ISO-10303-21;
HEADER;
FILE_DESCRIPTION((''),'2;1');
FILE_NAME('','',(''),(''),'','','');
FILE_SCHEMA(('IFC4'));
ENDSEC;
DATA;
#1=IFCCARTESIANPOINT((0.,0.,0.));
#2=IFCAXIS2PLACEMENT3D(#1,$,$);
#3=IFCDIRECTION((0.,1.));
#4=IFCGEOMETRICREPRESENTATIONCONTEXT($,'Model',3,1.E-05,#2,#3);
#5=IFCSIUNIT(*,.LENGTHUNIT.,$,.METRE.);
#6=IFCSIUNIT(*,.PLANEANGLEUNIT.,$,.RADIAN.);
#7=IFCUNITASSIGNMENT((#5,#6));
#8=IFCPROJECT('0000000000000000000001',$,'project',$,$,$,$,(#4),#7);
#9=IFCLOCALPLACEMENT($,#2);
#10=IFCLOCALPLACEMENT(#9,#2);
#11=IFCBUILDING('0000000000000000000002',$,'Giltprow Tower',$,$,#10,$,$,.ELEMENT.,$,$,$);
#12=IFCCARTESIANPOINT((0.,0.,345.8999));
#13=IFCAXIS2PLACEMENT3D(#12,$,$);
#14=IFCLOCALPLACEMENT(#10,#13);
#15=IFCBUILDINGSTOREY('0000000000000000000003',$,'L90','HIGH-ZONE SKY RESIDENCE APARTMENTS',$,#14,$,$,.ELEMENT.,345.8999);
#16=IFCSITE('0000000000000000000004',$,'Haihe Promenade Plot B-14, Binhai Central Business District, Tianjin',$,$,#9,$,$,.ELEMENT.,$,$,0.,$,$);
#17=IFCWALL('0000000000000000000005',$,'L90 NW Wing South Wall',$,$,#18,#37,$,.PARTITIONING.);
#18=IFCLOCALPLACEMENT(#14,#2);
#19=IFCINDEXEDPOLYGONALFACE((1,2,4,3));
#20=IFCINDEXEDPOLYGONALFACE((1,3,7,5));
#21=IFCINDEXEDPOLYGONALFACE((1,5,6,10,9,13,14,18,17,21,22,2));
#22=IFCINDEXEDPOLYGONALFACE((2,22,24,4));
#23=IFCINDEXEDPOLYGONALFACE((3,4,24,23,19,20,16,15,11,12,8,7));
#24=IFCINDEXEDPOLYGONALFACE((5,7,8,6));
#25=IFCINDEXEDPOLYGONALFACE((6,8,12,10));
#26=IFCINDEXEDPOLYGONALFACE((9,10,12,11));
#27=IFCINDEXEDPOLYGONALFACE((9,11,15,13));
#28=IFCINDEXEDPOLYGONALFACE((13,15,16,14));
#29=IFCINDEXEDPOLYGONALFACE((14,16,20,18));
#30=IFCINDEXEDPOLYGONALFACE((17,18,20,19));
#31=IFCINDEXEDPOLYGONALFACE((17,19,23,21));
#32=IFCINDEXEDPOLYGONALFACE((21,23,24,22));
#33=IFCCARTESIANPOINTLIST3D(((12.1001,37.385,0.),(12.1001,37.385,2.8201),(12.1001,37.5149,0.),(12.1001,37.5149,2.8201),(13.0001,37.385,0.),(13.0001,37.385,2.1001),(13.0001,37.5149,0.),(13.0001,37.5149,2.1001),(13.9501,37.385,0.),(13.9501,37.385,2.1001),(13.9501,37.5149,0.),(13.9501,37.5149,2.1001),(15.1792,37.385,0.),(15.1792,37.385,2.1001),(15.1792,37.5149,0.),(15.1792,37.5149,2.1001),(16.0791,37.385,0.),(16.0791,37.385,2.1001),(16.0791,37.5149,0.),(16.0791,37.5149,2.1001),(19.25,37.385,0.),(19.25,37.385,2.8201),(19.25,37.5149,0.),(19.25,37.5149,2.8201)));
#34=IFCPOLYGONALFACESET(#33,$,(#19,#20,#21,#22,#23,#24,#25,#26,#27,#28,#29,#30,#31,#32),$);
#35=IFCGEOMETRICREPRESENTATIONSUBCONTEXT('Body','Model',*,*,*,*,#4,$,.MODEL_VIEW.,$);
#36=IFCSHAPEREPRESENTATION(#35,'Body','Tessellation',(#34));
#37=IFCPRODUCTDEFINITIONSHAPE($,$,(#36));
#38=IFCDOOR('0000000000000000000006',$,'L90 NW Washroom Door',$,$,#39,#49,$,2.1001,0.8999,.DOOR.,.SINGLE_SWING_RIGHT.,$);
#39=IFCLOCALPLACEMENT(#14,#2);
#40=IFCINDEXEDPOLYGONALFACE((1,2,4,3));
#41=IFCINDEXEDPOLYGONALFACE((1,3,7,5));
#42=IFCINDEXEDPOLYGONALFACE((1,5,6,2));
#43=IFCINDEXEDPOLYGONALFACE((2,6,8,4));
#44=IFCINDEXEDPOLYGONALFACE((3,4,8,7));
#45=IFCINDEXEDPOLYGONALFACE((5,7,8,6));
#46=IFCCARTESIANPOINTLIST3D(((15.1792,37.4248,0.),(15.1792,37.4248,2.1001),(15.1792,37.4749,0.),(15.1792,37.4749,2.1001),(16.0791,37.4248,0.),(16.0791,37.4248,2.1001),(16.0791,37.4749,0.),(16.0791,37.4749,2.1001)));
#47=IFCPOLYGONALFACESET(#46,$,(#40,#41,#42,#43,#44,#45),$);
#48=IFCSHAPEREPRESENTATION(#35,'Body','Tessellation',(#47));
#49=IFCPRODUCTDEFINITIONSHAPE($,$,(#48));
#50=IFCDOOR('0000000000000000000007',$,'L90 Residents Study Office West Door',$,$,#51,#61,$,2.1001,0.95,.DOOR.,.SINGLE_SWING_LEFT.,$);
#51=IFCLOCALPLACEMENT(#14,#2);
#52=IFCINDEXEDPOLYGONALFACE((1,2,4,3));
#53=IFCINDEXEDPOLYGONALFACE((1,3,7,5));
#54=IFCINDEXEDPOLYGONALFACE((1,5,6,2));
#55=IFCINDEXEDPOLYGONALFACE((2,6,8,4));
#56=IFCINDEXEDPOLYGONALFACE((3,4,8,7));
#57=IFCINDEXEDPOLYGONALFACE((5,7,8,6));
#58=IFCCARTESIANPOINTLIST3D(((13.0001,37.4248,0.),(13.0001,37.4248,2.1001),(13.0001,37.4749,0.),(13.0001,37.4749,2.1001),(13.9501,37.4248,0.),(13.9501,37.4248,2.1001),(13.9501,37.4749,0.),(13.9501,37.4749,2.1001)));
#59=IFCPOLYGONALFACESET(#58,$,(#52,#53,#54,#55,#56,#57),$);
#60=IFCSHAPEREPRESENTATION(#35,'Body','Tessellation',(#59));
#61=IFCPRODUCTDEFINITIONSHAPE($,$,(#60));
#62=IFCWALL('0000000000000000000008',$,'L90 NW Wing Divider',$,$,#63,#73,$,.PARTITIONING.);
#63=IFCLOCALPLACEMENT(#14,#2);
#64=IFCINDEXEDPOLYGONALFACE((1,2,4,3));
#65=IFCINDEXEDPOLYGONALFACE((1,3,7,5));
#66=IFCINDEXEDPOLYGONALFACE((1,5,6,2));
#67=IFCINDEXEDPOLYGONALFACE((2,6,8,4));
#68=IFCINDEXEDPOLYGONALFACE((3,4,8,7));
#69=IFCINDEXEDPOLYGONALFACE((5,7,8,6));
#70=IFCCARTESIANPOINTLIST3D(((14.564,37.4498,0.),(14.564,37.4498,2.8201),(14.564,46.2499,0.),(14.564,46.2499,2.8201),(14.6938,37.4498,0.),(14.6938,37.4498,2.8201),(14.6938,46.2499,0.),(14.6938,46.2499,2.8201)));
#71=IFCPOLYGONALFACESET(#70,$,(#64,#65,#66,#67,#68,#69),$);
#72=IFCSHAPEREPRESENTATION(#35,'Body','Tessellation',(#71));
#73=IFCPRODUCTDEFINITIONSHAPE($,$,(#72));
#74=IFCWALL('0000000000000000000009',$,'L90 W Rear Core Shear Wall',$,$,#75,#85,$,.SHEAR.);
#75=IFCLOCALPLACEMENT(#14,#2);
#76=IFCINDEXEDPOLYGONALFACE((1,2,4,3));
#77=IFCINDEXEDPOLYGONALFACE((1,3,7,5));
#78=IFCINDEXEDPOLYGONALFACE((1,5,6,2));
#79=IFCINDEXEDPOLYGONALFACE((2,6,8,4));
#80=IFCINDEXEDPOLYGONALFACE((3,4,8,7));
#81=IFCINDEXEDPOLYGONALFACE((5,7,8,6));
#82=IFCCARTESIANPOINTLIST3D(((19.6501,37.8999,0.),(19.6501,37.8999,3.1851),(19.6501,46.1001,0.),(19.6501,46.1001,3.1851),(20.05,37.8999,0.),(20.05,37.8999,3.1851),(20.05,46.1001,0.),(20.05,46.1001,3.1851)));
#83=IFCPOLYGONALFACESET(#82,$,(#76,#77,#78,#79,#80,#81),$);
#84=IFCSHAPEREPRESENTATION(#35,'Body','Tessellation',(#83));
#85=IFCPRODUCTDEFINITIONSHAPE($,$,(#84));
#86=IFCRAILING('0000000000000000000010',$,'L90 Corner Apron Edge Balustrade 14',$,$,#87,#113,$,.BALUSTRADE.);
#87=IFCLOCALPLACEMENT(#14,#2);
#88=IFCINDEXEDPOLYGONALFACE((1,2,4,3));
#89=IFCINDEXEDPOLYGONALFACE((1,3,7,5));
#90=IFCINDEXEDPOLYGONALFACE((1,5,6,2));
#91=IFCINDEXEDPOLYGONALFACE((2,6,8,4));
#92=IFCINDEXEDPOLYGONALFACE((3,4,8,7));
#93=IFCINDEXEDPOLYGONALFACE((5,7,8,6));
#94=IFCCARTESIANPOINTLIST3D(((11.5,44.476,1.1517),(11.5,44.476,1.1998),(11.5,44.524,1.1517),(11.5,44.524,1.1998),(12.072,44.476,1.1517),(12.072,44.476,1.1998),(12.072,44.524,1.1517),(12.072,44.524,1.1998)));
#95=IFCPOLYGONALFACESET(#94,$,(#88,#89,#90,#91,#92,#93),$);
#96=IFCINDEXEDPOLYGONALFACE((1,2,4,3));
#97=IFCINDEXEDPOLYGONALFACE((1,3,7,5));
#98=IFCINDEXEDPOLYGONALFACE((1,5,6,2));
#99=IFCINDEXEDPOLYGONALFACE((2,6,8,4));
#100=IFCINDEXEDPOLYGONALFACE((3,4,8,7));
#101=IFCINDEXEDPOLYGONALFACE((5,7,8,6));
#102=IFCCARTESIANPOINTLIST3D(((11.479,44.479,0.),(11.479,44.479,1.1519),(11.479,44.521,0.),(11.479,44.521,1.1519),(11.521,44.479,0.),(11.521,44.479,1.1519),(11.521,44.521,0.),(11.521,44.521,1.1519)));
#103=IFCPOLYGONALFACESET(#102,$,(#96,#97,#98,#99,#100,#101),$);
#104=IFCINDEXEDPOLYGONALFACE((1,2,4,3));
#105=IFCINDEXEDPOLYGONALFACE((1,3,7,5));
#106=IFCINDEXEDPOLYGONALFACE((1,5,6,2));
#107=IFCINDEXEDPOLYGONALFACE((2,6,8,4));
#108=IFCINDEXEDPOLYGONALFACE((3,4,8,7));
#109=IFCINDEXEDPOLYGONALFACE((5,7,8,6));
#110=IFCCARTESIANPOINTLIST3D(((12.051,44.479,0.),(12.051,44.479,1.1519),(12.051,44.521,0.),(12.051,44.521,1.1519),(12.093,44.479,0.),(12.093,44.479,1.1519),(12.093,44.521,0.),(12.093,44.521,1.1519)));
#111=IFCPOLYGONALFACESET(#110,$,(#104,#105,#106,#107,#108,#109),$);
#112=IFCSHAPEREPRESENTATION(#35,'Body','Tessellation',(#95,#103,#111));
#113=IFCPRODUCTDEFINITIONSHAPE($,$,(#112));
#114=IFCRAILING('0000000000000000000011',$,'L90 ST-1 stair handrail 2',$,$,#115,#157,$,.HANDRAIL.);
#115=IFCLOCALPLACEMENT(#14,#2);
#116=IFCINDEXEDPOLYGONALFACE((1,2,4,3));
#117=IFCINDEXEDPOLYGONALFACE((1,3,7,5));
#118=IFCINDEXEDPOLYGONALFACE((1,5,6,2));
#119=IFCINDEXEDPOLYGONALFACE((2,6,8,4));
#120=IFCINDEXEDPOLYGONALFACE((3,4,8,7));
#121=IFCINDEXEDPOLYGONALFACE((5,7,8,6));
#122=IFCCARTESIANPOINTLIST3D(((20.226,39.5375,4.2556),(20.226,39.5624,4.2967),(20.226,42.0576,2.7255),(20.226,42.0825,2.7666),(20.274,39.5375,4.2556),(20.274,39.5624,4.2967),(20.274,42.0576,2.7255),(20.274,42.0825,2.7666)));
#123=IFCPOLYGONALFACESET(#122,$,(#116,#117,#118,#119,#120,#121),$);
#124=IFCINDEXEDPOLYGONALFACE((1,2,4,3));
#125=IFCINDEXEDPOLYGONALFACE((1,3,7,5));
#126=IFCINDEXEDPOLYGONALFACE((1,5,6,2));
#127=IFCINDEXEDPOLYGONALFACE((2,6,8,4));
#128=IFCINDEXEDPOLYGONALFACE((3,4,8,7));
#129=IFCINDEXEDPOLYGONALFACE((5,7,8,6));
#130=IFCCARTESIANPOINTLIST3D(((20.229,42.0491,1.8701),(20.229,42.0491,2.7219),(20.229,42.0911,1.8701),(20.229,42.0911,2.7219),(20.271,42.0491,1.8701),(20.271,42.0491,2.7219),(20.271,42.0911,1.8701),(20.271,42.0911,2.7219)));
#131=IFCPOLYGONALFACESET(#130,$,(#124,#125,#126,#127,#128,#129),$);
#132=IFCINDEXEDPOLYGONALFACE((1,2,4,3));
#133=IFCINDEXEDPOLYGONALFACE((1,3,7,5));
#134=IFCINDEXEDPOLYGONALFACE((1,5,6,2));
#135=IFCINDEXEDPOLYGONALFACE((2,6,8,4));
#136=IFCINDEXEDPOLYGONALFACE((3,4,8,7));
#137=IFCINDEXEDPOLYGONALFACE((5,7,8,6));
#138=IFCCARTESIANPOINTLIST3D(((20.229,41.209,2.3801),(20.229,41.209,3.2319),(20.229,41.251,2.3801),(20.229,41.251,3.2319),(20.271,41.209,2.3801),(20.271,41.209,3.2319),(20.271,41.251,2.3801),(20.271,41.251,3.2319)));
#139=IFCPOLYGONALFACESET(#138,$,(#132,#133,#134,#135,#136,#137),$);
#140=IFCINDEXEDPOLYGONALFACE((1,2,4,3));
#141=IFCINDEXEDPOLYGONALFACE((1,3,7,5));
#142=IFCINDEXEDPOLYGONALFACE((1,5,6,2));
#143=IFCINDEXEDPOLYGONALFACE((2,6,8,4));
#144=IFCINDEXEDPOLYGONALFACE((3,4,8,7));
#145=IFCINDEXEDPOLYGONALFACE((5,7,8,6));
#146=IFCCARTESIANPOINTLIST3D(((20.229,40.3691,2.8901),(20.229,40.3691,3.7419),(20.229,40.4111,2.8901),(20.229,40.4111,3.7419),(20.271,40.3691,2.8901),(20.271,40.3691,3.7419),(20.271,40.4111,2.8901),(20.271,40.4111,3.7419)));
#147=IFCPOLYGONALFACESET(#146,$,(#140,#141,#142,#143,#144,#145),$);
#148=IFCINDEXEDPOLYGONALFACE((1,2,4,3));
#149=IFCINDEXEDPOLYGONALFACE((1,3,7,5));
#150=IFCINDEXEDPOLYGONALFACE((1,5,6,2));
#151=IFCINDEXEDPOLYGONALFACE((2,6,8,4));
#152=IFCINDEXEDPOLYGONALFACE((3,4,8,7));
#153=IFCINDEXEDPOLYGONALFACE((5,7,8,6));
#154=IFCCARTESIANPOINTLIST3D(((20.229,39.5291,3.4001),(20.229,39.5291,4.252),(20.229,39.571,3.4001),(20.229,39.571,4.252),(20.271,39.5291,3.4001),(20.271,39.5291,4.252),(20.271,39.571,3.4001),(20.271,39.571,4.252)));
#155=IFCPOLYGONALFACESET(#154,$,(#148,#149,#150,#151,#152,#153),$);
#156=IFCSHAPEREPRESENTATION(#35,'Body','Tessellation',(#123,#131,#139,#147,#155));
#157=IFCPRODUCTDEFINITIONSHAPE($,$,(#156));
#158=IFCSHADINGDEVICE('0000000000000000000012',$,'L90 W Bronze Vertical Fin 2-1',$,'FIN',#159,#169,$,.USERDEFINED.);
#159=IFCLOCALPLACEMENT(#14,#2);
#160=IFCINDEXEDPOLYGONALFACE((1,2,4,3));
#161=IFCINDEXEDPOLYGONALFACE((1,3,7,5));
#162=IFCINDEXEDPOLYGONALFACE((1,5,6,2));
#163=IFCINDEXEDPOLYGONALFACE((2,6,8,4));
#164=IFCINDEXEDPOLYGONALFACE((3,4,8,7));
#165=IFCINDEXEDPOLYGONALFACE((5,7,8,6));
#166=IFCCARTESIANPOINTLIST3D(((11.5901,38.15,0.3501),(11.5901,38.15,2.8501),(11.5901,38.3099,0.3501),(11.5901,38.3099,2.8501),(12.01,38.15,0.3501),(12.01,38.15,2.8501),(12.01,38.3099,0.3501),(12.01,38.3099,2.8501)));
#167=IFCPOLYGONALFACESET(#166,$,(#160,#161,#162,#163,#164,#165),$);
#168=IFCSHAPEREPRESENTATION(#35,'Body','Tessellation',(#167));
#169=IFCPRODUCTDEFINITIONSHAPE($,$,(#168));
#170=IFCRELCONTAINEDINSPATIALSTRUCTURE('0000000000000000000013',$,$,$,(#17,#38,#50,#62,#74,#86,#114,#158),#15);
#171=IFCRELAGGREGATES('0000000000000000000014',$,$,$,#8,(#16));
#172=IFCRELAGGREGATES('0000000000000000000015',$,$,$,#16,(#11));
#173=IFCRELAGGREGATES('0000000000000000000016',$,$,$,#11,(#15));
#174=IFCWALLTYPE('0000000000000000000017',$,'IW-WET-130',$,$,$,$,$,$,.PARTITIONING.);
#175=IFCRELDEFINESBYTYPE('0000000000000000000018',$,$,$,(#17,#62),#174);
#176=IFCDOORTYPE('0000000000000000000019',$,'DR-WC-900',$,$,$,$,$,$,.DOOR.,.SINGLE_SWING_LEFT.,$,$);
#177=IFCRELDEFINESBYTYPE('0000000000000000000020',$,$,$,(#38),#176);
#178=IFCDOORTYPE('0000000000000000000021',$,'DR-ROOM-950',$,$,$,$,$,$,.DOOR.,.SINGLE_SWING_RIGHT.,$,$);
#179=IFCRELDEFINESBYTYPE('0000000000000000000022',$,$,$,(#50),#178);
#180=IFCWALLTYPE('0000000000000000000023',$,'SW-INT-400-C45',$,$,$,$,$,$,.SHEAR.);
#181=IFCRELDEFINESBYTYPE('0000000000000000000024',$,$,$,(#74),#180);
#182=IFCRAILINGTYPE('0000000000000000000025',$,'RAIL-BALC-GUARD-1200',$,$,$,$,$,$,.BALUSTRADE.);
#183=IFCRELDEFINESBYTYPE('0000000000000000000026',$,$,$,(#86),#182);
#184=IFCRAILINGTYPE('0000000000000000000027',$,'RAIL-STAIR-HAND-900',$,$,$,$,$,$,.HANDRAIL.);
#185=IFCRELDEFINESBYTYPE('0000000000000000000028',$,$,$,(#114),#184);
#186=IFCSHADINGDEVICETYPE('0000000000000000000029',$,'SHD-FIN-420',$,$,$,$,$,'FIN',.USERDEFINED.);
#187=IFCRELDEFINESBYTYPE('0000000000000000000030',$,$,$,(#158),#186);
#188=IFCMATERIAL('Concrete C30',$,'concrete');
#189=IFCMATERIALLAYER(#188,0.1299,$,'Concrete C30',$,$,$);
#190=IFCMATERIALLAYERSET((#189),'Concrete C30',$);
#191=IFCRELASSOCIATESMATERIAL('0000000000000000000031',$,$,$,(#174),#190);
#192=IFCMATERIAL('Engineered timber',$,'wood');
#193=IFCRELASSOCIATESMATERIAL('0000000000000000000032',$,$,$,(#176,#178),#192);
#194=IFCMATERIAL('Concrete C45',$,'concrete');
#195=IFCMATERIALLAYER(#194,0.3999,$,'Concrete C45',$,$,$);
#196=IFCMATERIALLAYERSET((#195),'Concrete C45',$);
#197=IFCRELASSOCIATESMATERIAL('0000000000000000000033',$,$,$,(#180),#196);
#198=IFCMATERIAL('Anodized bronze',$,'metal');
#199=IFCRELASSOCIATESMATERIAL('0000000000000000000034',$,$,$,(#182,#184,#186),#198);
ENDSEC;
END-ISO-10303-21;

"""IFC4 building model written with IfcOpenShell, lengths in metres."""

from ifc_helpers import new_model, si_unit, direction, frame, frame_2d, origin, origin_2d, place, context, subcontext, project, spatial, rectangle, extrude, source, transform, mapped, material, layer, layer_set, type_object, element, fill, save


model = new_model("IFC4")

# Units and contexts
model_context = context("Model", 3, precision=1e-05, world=origin(), true_north=direction((0.0, 1.0)))
body_context = subcontext(model_context, "Body", "Model", "MODEL_VIEW")
ifc_project = project(units=[si_unit("LENGTHUNIT", "METRE"), si_unit("PLANEANGLEUNIT", "RADIAN")], contexts=[model_context])

# Site, building, storey
site_placement = place(None, origin())
site = spatial("IfcSite", under=ifc_project, at=site_placement, Name="Haihe Promenade Plot B-14, Binhai Central Business District, Tianjin", CompositionType="ELEMENT", RefElevation=0.0)
building_placement = place(site_placement, origin())
building = spatial("IfcBuilding", under=site, at=building_placement, Name="Giltprow Tower", CompositionType="ELEMENT")
storey_placement = place(building_placement, frame((0.0, 0.0, 345.8999)))
storey = spatial("IfcBuildingStorey", under=building, at=storey_placement, Name="L90", Description="HIGH-ZONE SKY RESIDENCE APARTMENTS", CompositionType="ELEMENT", Elevation=345.8999)

# Shared definitions
ifc_material_1 = material(Name="Concrete C45", Category="concrete")

# Wall, openings, doors
ifc_material_2 = material(Name="Concrete C30", Category="concrete")
ifc_layer_1 = layer(ifc_material_2, 0.1299, Name="Concrete C30")
ifc_layer_set_1 = layer_set([ifc_layer_1], Name="Concrete C30")
wall_type_1 = type_object("IfcWallType", Name="IW-WET-130", PredefinedType="PARTITIONING", material=ifc_layer_set_1)
wall_1_placement = place(storey_placement, frame((12.1001, 37.45, 0.0), z_axis=(0.0, 0.0, 1.0), x_axis=(1.0, 0.0, 0.0)))
wall_1 = element("IfcWall", 1, at=wall_1_placement, inside=storey, type_object=wall_type_1, Name="L90 NW Wing South Wall", PredefinedType="PARTITIONING", context=body_context, shape_type="SweptSolid", body=[
    extrude(rectangle(XDim=7.1499, YDim=0.1299, at=frame_2d((3.575, 0.0))), origin(), (0.0, 0.0, 1.0), 2.8201),
])
opening_1_placement = place(wall_1_placement, frame((0.8999, 0.0, 0.0)))
opening_1 = element("IfcOpeningElement", 2, at=opening_1_placement, cuts=wall_1, PredefinedType="OPENING", context=body_context, shape_type="SweptSolid", body=[
    extrude(rectangle(XDim=0.95, YDim=2.1001, at=frame_2d((0.4751, 1.05))), frame((0.0, 0.075, 0.0), z_axis=(0.0, -1.0, 0.0), x_axis=(1.0, 0.0, 0.0)), (0.0, 0.0, 1.0), 0.1499),
])
opening_2_placement = place(wall_1_placement, frame((3.0791, 0.0, 0.0)))
opening_2 = element("IfcOpeningElement", 3, at=opening_2_placement, cuts=wall_1, PredefinedType="OPENING", context=body_context, shape_type="SweptSolid", body=[
    extrude(rectangle(XDim=0.8999, YDim=2.1001, at=frame_2d((0.45, 1.05))), frame((0.0, 0.075, 0.0), z_axis=(0.0, -1.0, 0.0), x_axis=(1.0, 0.0, 0.0)), (0.0, 0.0, 1.0), 0.1499),
])
ifc_material_3 = material(Name="Engineered timber", Category="wood")
door_type_1 = type_object("IfcDoorType", Name="DR-WC-900", OperationType="SINGLE_SWING_LEFT", PredefinedType="DOOR", material=ifc_material_3)
shared_shape_1 = source(origin(), body_context, "Body", "SweptSolid", [
    extrude(rectangle(XDim=0.8999, YDim=2.1001, at=frame_2d((0.45, 1.05))), frame((0.0, 0.0249, 0.0), z_axis=(0.0, -1.0, 0.0), x_axis=(1.0, 0.0, 0.0)), (0.0, 0.0, 1.0), 0.05),
])
door_1_placement = place(opening_2_placement, origin())
door_1 = element("IfcDoor", 4, at=door_1_placement, inside=storey, type_object=door_type_1, Name="L90 NW Washroom Door", OperationType="SINGLE_SWING_RIGHT", OverallHeight=2.1001, OverallWidth=0.8999, PredefinedType="DOOR", context=body_context, shape_type="MappedRepresentation", body=[
    mapped(shared_shape_1, transform((0.0, 0.0, 0.0), x_axis=(1.0, 0.0, 0.0), y_axis=(0.0, 1.0, 0.0), z_axis=(0.0, 0.0, 1.0), scale=1.0)),
])
fill(opening_2, door_1)
door_type_2 = type_object("IfcDoorType", Name="DR-ROOM-950", OperationType="SINGLE_SWING_RIGHT", PredefinedType="DOOR", material=ifc_material_3)
shared_shape_2 = source(origin(), body_context, "Body", "SweptSolid", [
    extrude(rectangle(XDim=0.95, YDim=2.1001, at=frame_2d((0.4751, 1.05))), frame((0.0, 0.0249, 0.0), z_axis=(0.0, -1.0, 0.0), x_axis=(1.0, 0.0, 0.0)), (0.0, 0.0, 1.0), 0.05),
])
door_2_placement = place(opening_1_placement, origin())
door_2 = element("IfcDoor", 5, at=door_2_placement, inside=storey, type_object=door_type_2, Name="L90 Residents Study Office West Door", OperationType="SINGLE_SWING_LEFT", OverallHeight=2.1001, OverallWidth=0.95, PredefinedType="DOOR", context=body_context, shape_type="MappedRepresentation", body=[
    mapped(shared_shape_2, transform((0.0, 0.0, 0.0), x_axis=(1.0, 0.0, 0.0), y_axis=(0.0, 1.0, 0.0), z_axis=(0.0, 0.0, 1.0), scale=1.0)),
])
fill(opening_1, door_2)

# Wall
wall_2_placement = place(storey_placement, frame((14.6289, 37.45, 0.0), z_axis=(0.0, 0.0, 1.0), x_axis=(0.0, 1.0, 0.0)))
element("IfcWall", 6, at=wall_2_placement, inside=storey, type_object=wall_type_1, Name="L90 NW Wing Divider", PredefinedType="PARTITIONING", context=body_context, shape_type="SweptSolid", body=[
    extrude(rectangle(XDim=8.8, YDim=0.1299, at=frame_2d((4.3999, 0.0))), origin(), (0.0, 0.0, 1.0), 2.8201),
])

# Shared definitions
ifc_layer_2 = layer(ifc_material_1, 0.3999, Name="Concrete C45")
ifc_layer_set_2 = layer_set([ifc_layer_2], Name="Concrete C45")
wall_type_2 = type_object("IfcWallType", Name="SW-INT-400-C45", PredefinedType="SHEAR", material=ifc_layer_set_2)

# Wall
wall_3_placement = place(storey_placement, frame((19.8501, 37.8999, 0.0), z_axis=(0.0, 0.0, 1.0), x_axis=(0.0, 1.0, 0.0)))
element("IfcWall", 7, at=wall_3_placement, inside=storey, type_object=wall_type_2, Name="L90 W Rear Core Shear Wall", PredefinedType="SHEAR", context=body_context, shape_type="SweptSolid", body=[
    extrude(rectangle(XDim=8.2002, YDim=0.3999, at=frame_2d((4.1001, 0.0))), origin(), (0.0, 0.0, 1.0), 3.1851),
])

# Railings
ifc_material_4 = material(Name="Anodized bronze", Category="metal")
railing_type_1 = type_object("IfcRailingType", Name="RAIL-BALC-GUARD-1200", PredefinedType="BALUSTRADE", material=ifc_material_4)
railing_1_placement = place(storey_placement, frame((11.5, 44.5, 0.0)))
element("IfcRailing", 8, at=railing_1_placement, inside=storey, type_object=railing_type_1, Name="L90 Corner Apron Edge Balustrade 14", PredefinedType="BALUSTRADE", context=body_context, shape_type="SweptSolid", body=[
    extrude(rectangle(XDim=0.0481, YDim=0.0481, at=origin_2d()), frame((0.0, 0.0, 1.1758), z_axis=(1.0, 0.0, 0.0), x_axis=(0.0, 1.0, 0.0)), (0.0, 0.0, 1.0), 0.572),
    extrude(rectangle(XDim=0.042, YDim=0.042, at=origin_2d()), origin(), (0.0, 0.0, 1.0), 1.1519),
    extrude(rectangle(XDim=0.042, YDim=0.042, at=origin_2d()), frame((0.572, 0.0, 0.0)), (0.0, 0.0, 1.0), 1.1519),
])
railing_type_2 = type_object("IfcRailingType", Name="RAIL-STAIR-HAND-900", PredefinedType="HANDRAIL", material=ifc_material_4)
railing_2_placement = place(storey_placement, frame((20.25, 42.0701, 1.8701)))
element("IfcRailing", 9, at=railing_2_placement, inside=storey, type_object=railing_type_2, Name="L90 ST-1 stair handrail 2", PredefinedType="HANDRAIL", context=body_context, shape_type="SweptSolid", body=[
    extrude(rectangle(XDim=0.0481, YDim=0.0481, at=origin_2d()), frame((0.0, 0.0, 0.876), z_axis=(0.0, -0.854785, 0.518982), x_axis=(1.0, 0.0, 0.0)), (0.0, 0.0, 1.0), 2.9482),
    extrude(rectangle(XDim=0.042, YDim=0.042, at=origin_2d()), origin(), (0.0, 0.0, 1.0), 0.8518),
    extrude(rectangle(XDim=0.042, YDim=0.042, at=origin_2d()), frame((0.0, -0.8401, 0.51)), (0.0, 0.0, 1.0), 0.8518),
    extrude(rectangle(XDim=0.042, YDim=0.042, at=origin_2d()), frame((0.0, -1.6799, 1.02)), (0.0, 0.0, 1.0), 0.8518),
    extrude(rectangle(XDim=0.042, YDim=0.042, at=origin_2d()), frame((0.0, -2.52, 1.53)), (0.0, 0.0, 1.0), 0.8518),
])

# Shading device
shading_device_type = type_object("IfcShadingDeviceType", Name="SHD-FIN-420", ElementType="FIN", PredefinedType="USERDEFINED", material=ifc_material_4)
shared_shape_3 = source(origin(), body_context, "Body", "SweptSolid", [
    extrude(rectangle(XDim=0.4199, YDim=0.1599, at=origin_2d()), origin(), (0.0, 0.0, 1.0), 2.5),
])
shading_device_placement = place(storey_placement, frame((11.8, 38.23, 0.3501), z_axis=(0.0, 0.0, 1.0), x_axis=(1.0, 0.0, 0.0)))
element("IfcShadingDevice", 10, at=shading_device_placement, inside=storey, type_object=shading_device_type, Name="L90 W Bronze Vertical Fin 2-1", ObjectType="FIN", PredefinedType="USERDEFINED", context=body_context, shape_type="MappedRepresentation", body=[
    mapped(shared_shape_3, transform((0.0, 0.0, 0.0), x_axis=(1.0, 0.0, 0.0), y_axis=(0.0, 1.0, 0.0), z_axis=(0.0, 0.0, 1.0), scale=1.0)),
])

save(model, "model.ifc")
